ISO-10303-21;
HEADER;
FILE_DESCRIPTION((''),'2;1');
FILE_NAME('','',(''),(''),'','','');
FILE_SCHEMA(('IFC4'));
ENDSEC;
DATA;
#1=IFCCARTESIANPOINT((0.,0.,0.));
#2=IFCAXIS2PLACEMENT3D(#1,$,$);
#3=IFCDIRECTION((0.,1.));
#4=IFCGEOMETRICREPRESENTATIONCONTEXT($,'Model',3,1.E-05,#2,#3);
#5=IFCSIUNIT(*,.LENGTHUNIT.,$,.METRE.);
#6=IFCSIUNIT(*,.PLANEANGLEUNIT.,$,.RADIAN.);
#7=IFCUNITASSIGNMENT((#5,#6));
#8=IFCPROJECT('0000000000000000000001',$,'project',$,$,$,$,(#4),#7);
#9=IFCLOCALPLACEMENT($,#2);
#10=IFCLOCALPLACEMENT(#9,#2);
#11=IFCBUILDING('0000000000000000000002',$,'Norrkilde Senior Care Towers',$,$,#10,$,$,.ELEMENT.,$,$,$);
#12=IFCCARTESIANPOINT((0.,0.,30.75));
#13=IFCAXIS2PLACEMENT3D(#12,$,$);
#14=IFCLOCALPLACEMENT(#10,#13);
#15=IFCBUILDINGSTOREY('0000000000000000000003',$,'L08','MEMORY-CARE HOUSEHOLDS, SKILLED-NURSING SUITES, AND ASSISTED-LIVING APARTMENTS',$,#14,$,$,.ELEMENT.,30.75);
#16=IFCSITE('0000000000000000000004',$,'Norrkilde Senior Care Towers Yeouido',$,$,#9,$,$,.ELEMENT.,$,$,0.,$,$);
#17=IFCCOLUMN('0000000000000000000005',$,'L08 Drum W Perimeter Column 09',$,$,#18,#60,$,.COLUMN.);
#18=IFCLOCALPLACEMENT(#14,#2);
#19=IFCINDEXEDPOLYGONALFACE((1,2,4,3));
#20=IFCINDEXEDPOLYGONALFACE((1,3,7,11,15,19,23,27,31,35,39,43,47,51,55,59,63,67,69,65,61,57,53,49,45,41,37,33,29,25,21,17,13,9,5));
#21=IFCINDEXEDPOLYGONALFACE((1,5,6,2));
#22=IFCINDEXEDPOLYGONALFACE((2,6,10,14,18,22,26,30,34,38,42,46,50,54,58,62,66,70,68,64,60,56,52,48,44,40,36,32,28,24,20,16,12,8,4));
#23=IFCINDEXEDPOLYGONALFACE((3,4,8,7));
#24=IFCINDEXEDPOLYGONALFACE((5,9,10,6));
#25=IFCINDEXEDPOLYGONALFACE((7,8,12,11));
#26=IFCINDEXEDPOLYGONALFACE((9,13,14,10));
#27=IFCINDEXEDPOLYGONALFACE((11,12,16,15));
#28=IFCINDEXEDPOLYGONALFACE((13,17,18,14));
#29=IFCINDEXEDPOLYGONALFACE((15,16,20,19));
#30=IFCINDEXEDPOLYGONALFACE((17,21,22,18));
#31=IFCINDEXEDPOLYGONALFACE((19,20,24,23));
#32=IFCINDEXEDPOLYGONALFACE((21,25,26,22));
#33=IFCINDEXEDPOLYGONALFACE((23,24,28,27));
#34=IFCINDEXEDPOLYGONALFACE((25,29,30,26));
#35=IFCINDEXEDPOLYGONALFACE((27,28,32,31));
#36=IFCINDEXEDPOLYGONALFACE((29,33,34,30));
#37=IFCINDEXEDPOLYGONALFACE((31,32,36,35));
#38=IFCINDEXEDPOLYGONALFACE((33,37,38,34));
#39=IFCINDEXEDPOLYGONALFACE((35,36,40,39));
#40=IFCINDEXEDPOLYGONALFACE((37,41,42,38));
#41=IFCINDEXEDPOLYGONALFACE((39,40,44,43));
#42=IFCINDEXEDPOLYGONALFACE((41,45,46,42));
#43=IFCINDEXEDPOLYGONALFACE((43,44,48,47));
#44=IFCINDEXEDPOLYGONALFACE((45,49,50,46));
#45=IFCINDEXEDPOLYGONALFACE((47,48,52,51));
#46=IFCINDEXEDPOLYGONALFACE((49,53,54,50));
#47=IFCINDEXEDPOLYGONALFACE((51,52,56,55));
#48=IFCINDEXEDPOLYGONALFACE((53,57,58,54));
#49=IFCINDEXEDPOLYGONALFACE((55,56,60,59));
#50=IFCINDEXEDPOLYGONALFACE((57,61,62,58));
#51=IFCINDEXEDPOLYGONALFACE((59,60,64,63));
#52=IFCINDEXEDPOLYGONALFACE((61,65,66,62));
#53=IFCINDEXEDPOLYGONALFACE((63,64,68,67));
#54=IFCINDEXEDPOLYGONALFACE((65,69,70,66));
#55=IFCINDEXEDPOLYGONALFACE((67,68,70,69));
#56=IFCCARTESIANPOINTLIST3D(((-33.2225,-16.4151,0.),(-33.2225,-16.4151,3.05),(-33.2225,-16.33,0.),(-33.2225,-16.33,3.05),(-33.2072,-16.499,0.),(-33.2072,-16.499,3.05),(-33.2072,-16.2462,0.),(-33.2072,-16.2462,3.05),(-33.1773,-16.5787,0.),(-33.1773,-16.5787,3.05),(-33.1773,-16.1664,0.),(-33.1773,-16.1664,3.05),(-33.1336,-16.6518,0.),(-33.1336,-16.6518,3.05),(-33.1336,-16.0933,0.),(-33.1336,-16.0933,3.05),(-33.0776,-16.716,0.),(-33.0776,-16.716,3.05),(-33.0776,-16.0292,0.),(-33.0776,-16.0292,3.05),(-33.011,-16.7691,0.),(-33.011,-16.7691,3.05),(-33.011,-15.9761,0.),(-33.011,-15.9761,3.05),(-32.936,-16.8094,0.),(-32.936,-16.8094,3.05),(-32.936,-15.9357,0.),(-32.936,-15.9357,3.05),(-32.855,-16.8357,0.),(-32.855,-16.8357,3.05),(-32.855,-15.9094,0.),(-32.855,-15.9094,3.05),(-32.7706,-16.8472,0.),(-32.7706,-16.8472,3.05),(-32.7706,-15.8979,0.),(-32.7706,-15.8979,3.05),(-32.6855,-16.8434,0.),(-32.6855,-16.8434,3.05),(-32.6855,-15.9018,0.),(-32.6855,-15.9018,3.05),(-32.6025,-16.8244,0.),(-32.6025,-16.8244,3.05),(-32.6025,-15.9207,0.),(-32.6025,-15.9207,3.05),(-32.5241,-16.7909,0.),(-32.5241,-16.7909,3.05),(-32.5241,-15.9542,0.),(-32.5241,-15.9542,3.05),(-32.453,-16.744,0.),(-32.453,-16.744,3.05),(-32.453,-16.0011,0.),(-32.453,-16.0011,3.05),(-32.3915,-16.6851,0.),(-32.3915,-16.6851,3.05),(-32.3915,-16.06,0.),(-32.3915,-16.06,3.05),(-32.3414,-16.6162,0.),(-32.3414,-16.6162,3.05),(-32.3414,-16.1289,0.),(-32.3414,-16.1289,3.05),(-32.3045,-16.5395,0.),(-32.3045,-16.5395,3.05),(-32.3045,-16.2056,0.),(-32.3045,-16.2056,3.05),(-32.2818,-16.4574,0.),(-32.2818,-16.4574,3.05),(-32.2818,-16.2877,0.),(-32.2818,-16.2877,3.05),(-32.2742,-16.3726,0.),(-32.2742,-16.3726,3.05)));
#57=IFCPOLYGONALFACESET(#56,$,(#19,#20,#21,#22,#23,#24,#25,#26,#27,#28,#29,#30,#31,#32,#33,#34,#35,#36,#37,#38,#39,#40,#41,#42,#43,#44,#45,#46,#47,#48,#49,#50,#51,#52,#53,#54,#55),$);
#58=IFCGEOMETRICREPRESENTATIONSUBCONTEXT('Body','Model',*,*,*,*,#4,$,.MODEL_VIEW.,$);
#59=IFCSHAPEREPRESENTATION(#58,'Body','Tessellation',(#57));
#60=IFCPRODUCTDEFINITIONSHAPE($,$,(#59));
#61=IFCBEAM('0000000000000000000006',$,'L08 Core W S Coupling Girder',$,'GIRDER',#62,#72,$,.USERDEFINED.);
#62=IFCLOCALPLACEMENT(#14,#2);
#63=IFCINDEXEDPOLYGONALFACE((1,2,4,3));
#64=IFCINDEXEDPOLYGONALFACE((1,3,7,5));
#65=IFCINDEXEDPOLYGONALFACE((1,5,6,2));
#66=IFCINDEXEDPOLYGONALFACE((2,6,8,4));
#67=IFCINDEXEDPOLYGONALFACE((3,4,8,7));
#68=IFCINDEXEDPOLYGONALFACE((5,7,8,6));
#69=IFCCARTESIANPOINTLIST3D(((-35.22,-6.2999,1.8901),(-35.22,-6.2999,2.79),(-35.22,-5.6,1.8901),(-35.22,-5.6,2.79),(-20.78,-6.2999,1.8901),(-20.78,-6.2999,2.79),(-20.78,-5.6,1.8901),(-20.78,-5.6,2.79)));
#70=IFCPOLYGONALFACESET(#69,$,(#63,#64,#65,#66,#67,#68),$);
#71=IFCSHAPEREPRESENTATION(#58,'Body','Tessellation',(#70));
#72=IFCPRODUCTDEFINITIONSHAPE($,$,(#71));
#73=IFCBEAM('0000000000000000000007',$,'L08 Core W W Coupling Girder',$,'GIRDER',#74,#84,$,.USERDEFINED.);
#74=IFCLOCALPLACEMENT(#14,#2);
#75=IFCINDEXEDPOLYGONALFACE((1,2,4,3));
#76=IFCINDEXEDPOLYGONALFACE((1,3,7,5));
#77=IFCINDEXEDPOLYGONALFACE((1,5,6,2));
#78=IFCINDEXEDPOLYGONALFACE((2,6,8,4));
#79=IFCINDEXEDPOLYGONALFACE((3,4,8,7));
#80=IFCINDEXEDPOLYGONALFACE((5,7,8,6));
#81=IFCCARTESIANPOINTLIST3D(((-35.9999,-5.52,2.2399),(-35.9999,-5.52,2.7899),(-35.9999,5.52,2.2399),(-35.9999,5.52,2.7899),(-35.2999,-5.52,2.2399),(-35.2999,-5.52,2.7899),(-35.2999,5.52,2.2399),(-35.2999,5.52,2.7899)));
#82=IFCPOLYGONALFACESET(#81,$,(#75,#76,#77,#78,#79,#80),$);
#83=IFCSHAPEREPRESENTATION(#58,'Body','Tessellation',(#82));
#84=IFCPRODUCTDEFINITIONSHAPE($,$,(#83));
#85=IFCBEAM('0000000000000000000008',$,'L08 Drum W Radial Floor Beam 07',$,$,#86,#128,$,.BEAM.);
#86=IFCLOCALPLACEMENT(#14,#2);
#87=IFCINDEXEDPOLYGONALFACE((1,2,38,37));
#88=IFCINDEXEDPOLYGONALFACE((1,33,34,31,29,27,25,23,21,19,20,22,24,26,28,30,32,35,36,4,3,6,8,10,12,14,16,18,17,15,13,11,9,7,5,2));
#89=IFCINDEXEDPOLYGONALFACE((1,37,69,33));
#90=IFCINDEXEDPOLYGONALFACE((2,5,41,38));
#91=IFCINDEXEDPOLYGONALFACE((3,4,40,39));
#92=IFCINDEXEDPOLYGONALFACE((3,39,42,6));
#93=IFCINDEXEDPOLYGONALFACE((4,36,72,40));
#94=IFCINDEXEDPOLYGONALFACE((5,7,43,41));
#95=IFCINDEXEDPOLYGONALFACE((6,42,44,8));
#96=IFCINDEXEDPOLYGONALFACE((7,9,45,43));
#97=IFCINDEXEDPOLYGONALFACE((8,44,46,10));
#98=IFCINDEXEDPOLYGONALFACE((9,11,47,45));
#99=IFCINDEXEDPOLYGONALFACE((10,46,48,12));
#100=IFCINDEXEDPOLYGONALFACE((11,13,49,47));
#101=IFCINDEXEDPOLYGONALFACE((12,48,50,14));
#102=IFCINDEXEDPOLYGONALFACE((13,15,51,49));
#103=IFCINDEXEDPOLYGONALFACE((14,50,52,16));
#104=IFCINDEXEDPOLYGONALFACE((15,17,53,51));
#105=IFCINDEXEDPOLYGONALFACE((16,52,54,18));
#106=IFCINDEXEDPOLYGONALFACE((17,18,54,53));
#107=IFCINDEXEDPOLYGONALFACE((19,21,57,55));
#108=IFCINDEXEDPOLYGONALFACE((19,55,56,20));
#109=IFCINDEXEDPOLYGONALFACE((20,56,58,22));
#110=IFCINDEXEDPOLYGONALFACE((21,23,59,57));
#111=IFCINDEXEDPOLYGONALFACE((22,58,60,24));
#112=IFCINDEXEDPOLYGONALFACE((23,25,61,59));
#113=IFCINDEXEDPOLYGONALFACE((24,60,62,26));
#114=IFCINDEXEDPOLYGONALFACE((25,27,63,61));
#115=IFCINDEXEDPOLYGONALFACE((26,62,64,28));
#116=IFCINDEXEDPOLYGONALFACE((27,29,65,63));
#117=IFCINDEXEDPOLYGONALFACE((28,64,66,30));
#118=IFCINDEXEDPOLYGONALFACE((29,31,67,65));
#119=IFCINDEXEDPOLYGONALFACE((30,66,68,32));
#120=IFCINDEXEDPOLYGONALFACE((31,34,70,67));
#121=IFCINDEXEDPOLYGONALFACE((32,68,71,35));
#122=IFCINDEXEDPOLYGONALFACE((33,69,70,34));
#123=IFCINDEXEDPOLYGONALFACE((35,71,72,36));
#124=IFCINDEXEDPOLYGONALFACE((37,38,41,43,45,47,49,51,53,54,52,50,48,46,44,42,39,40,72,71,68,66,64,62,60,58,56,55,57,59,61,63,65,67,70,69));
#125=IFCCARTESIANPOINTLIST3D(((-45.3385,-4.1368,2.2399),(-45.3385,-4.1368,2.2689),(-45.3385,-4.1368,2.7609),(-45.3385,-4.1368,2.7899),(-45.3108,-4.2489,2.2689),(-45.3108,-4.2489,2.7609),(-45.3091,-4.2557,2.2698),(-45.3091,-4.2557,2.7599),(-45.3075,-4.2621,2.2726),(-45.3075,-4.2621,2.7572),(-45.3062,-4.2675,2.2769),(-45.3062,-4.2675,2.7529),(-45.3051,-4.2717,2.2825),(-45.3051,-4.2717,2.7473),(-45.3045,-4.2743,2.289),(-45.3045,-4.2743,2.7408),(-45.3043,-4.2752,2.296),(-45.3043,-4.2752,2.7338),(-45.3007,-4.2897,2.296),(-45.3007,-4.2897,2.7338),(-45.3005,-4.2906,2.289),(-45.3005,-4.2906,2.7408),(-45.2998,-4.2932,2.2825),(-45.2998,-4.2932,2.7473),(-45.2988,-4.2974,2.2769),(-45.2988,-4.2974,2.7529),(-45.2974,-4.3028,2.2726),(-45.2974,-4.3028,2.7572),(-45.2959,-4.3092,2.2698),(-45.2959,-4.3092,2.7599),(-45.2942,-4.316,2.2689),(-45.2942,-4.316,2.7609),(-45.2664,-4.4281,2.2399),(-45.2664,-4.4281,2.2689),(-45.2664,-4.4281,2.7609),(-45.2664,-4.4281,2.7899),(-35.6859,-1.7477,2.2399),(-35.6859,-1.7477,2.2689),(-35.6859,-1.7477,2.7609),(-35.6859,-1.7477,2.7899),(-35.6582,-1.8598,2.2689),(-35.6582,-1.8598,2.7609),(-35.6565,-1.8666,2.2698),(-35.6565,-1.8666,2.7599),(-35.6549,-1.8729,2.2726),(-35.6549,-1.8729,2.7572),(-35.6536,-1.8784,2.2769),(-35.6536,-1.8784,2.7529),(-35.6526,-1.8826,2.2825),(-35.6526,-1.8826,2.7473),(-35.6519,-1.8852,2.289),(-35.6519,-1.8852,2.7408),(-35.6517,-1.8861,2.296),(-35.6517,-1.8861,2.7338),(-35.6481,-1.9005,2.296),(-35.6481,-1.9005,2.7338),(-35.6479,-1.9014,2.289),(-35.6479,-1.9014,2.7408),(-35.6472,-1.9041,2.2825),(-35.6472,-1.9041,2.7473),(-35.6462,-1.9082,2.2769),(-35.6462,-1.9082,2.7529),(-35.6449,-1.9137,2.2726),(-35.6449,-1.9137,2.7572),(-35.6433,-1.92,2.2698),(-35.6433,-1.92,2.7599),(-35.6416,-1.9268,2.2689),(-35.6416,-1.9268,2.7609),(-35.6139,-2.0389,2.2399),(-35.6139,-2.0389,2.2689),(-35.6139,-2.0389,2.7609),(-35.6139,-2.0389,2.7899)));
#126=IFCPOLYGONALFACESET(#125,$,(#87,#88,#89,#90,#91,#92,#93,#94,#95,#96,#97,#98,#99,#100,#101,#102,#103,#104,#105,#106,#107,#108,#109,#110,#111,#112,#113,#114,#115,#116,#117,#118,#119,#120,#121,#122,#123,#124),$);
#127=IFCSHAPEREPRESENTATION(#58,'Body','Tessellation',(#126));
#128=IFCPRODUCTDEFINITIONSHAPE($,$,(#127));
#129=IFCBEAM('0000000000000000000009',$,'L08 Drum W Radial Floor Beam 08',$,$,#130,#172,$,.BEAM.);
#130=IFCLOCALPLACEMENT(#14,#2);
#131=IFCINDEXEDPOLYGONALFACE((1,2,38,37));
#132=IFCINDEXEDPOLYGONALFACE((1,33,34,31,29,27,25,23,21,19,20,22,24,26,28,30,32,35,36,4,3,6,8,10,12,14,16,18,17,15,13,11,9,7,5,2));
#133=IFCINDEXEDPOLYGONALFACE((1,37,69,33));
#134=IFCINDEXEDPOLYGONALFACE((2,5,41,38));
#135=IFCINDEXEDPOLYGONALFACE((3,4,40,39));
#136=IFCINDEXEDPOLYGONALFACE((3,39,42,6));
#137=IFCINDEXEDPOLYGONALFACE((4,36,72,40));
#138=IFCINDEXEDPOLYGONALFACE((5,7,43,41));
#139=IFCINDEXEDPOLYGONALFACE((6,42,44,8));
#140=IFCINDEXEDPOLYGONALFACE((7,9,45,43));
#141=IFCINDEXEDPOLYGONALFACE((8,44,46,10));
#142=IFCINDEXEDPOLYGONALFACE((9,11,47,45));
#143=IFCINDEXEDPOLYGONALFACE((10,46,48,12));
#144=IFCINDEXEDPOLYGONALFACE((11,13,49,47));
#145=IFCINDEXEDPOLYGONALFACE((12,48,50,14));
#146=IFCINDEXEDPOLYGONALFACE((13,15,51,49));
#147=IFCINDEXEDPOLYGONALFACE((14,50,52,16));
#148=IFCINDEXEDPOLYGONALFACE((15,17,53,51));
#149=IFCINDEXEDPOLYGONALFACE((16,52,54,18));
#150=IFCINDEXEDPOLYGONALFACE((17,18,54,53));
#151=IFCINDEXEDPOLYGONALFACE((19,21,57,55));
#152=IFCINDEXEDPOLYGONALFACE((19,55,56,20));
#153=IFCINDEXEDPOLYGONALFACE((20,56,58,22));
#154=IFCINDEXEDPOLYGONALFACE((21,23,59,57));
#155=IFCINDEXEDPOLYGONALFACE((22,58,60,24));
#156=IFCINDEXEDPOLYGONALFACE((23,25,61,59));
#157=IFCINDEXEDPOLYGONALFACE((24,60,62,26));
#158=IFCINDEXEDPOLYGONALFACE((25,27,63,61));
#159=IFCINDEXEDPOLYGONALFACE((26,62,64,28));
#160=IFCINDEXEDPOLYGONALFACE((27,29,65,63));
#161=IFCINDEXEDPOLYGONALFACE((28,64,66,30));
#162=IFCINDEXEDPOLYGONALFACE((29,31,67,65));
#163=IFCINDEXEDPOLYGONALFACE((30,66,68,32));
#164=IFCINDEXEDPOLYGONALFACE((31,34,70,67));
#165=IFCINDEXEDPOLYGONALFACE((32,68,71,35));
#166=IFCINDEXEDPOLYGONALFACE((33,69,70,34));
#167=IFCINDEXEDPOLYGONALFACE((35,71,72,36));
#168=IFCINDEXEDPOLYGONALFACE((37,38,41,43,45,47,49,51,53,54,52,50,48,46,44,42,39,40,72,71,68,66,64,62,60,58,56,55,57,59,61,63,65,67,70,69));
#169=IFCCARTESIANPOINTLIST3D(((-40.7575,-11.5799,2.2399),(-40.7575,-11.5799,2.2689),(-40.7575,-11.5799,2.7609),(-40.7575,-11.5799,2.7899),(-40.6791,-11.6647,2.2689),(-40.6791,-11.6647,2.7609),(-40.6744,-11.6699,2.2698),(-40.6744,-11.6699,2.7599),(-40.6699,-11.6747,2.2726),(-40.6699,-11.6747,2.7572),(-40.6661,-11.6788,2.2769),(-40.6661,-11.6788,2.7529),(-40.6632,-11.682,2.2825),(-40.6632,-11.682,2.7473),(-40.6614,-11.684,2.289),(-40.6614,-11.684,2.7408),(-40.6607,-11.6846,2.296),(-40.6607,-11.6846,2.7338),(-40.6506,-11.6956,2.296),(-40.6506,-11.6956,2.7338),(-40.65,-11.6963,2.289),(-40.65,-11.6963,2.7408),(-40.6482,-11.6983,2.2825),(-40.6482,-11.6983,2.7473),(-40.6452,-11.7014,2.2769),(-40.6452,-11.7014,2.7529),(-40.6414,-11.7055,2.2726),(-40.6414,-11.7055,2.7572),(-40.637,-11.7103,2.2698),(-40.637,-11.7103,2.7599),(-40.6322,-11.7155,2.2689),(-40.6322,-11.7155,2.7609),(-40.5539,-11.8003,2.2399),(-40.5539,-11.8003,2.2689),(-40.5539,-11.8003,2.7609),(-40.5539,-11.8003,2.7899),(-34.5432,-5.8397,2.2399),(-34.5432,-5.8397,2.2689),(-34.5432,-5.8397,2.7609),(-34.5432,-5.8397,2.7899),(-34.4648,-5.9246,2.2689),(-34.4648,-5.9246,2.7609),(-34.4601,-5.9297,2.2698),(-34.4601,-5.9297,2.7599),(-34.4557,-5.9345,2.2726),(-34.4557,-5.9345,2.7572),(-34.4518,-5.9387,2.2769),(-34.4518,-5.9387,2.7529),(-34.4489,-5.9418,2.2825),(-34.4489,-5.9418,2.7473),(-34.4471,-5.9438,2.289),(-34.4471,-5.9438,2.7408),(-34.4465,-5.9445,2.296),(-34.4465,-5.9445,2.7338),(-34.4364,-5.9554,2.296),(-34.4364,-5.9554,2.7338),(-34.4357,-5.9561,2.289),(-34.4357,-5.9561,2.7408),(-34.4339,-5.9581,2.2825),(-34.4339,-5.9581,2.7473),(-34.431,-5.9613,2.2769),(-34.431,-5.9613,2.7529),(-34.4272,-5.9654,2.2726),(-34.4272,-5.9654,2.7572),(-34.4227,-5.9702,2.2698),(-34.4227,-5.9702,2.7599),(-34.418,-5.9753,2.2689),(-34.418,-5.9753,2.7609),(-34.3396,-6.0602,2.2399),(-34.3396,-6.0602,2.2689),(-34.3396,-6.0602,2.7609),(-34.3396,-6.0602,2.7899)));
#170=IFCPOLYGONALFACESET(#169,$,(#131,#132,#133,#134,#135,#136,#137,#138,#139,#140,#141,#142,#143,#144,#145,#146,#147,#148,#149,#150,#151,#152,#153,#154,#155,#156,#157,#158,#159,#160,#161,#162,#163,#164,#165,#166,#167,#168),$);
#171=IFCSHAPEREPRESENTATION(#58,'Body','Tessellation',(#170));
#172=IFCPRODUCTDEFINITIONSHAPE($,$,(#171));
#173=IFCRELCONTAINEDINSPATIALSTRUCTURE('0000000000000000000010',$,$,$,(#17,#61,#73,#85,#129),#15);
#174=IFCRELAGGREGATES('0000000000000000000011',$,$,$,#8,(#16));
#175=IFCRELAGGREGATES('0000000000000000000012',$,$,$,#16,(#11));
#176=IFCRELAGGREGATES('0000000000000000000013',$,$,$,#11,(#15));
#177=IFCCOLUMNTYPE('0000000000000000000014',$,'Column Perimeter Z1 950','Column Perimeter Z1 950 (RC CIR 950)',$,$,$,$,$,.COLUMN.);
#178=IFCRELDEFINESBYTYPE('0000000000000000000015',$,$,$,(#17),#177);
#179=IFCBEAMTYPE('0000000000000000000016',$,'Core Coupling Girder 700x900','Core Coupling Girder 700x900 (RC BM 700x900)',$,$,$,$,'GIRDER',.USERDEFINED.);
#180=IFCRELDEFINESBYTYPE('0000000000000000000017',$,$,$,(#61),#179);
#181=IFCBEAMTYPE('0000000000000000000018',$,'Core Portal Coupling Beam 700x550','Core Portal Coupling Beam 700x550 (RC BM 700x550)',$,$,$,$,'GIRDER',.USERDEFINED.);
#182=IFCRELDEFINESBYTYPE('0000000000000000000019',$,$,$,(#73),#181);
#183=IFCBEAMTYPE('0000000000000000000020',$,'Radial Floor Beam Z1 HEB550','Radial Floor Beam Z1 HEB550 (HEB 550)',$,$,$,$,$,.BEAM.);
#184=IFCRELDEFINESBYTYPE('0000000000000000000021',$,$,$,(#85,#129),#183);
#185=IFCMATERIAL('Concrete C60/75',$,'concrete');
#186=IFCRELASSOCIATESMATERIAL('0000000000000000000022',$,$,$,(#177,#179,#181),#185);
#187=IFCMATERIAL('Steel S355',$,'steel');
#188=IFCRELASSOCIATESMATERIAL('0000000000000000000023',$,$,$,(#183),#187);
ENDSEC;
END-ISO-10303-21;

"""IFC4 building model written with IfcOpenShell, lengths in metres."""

from ifc_helpers import new_model, si_unit, direction, frame, origin, origin_2d, place, context, subcontext, project, spatial, rectangle, circle, i_section, extrude, source, transform, mapped, material, material_profile, profile_set, type_object, type_shapes, element, save


model = new_model("IFC4")

# Units and contexts
model_context = context("Model", 3, precision=1e-05, world=origin(), true_north=direction((0.0, 1.0)))
body_context = subcontext(model_context, "Body", "Model", "MODEL_VIEW")
ifc_project = project(units=[si_unit("LENGTHUNIT", "METRE"), si_unit("PLANEANGLEUNIT", "RADIAN")], contexts=[model_context])

# Site, building, storey
site_placement = place(None, origin())
site = spatial("IfcSite", under=ifc_project, at=site_placement, Name="Norrkilde Senior Care Towers Yeouido", CompositionType="ELEMENT", RefElevation=0.0)
building_placement = place(site_placement, origin())
building = spatial("IfcBuilding", under=site, at=building_placement, Name="Norrkilde Senior Care Towers", CompositionType="ELEMENT")
storey_placement = place(building_placement, frame((0.0, 0.0, 30.75)))
storey = spatial("IfcBuildingStorey", under=building, at=storey_placement, Name="L08", Description="MEMORY-CARE HOUSEHOLDS, SKILLED-NURSING SUITES, AND ASSISTED-LIVING APARTMENTS", CompositionType="ELEMENT", Elevation=30.75)

# Column
ifc_material_1 = material(Name="Concrete C60/75", Category="concrete")
ifc_material_profile_1 = material_profile(ifc_material_1, circle(Radius=0.4751, at=origin_2d()), Name="RC CIR 950")
ifc_profile_set_1 = profile_set([ifc_material_profile_1], Name="Concrete C60/75")
column_type = type_object("IfcColumnType", Name="Column Perimeter Z1 950", Description="Column Perimeter Z1 950 (RC CIR 950)", PredefinedType="COLUMN", material=ifc_profile_set_1)
shared_shape_1 = source(origin(), body_context, "Body", "SweptSolid", [
    extrude(circle(Radius=0.4751, at=origin_2d()), origin(), (0.0, 0.0, 1.0), 3.05),
])
type_shapes(column_type, [shared_shape_1])
column_placement = place(storey_placement, frame((-32.7493, -16.3726, 0.0), z_axis=(0.0, 0.0, 1.0), x_axis=(1.0, 0.0, 0.0)))
element("IfcColumn", 1, at=column_placement, inside=storey, type_object=column_type, Name="L08 Drum W Perimeter Column 09", PredefinedType="COLUMN", context=body_context, shape_type="MappedRepresentation", body=[
    mapped(shared_shape_1, transform((0.0, 0.0, 0.0), x_axis=(1.0, 0.0, 0.0), y_axis=(0.0, 1.0, 0.0), z_axis=(0.0, 0.0, 1.0), scale=1.0)),
])

# Beams
ifc_material_profile_2 = material_profile(ifc_material_1, rectangle(XDim=0.7, YDim=0.8999, at=origin_2d()), Name="RC BM 700x900")
ifc_profile_set_2 = profile_set([ifc_material_profile_2], Name="Concrete C60/75")
beam_type_1 = type_object("IfcBeamType", Name="Core Coupling Girder 700x900", Description="Core Coupling Girder 700x900 (RC BM 700x900)", ElementType="GIRDER", PredefinedType="USERDEFINED", material=ifc_profile_set_2)
shared_shape_2 = source(origin(), body_context, "Body", "SweptSolid", [
    extrude(rectangle(XDim=0.7, YDim=0.8999, at=origin_2d()), origin(), (0.0, 0.0, 1.0), 14.4399),
])
type_shapes(beam_type_1, [shared_shape_2])
beam_1_placement = place(storey_placement, frame((-35.22, -5.95, 2.3401), z_axis=(1.0, 0.0, 0.0), x_axis=(0.0, 1.0, 0.0)))
element("IfcBeam", 2, at=beam_1_placement, inside=storey, type_object=beam_type_1, Name="L08 Core W S Coupling Girder", ObjectType="GIRDER", PredefinedType="USERDEFINED", context=body_context, shape_type="MappedRepresentation", body=[
    mapped(shared_shape_2, transform((0.0, 0.0, 0.0), x_axis=(1.0, 0.0, 0.0), y_axis=(0.0, 1.0, 0.0), z_axis=(0.0, 0.0, 1.0), scale=1.0)),
])
ifc_material_profile_3 = material_profile(ifc_material_1, rectangle(XDim=0.7, YDim=0.55, at=origin_2d()), Name="RC BM 700x550")
ifc_profile_set_3 = profile_set([ifc_material_profile_3], Name="Concrete C60/75")
beam_type_2 = type_object("IfcBeamType", Name="Core Portal Coupling Beam 700x550", Description="Core Portal Coupling Beam 700x550 (RC BM 700x550)", ElementType="GIRDER", PredefinedType="USERDEFINED", material=ifc_profile_set_3)
shared_shape_3 = source(origin(), body_context, "Body", "SweptSolid", [
    extrude(rectangle(XDim=0.7, YDim=0.55, at=origin_2d()), origin(), (0.0, 0.0, 1.0), 11.04),
])
type_shapes(beam_type_2, [shared_shape_3])
beam_2_placement = place(storey_placement, frame((-35.6499, -5.52, 2.5149), z_axis=(0.0, 1.0, 0.0), x_axis=(-1.0, 0.0, 0.0)))
element("IfcBeam", 3, at=beam_2_placement, inside=storey, type_object=beam_type_2, Name="L08 Core W W Coupling Girder", ObjectType="GIRDER", PredefinedType="USERDEFINED", context=body_context, shape_type="MappedRepresentation", body=[
    mapped(shared_shape_3, transform((0.0, 0.0, 0.0), x_axis=(1.0, 0.0, 0.0), y_axis=(0.0, 1.0, 0.0), z_axis=(0.0, 0.0, 1.0), scale=1.0)),
])
ifc_material_2 = material(Name="Steel S355", Category="steel")
ifc_material_profile_4 = material_profile(ifc_material_2, i_section(OverallWidth=0.3, OverallDepth=0.55, WebThickness=0.0149, FlangeThickness=0.0291, FilletRadius=0.0271, at=origin_2d()), Name="HEB 550")
ifc_profile_set_4 = profile_set([ifc_material_profile_4], Name="Steel S355")
beam_type_3 = type_object("IfcBeamType", Name="Radial Floor Beam Z1 HEB550", Description="Radial Floor Beam Z1 HEB550 (HEB 550)", PredefinedType="BEAM", material=ifc_profile_set_4)
shared_shape_4 = source(origin(), body_context, "Body", "SweptSolid", [
    extrude(i_section(OverallWidth=0.3, OverallDepth=0.55, WebThickness=0.0149, FlangeThickness=0.0291, FilletRadius=0.0271, at=origin_2d()), origin(), (0.0, 0.0, 1.0), 9.9438),
])
beam_3_placement = place(storey_placement, frame((-35.6499, -1.8933, 2.5149), z_axis=(-0.970707, -0.240265, 0.0), x_axis=(0.240265, -0.970707, 0.0)))
element("IfcBeam", 4, at=beam_3_placement, inside=storey, type_object=beam_type_3, Name="L08 Drum W Radial Floor Beam 07", PredefinedType="BEAM", context=body_context, shape_type="MappedRepresentation", body=[
    mapped(shared_shape_4, transform((0.0, 0.0, 0.0), x_axis=(1.0, 0.0, 0.0), y_axis=(0.0, 1.0, 0.0), z_axis=(0.0, 0.0, 1.0), scale=1.0)),
])
shared_shape_5 = source(origin(), body_context, "Body", "SweptSolid", [
    extrude(i_section(OverallWidth=0.3, OverallDepth=0.55, WebThickness=0.0149, FlangeThickness=0.0291, FilletRadius=0.0271, at=origin_2d()), origin(), (0.0, 0.0, 1.0), 8.4597),
])
beam_4_placement = place(storey_placement, frame((-34.4414, -5.95, 2.5149), z_axis=(-0.734573, -0.678529, 0.0), x_axis=(0.678529, -0.734573, 0.0)))
element("IfcBeam", 5, at=beam_4_placement, inside=storey, type_object=beam_type_3, Name="L08 Drum W Radial Floor Beam 08", PredefinedType="BEAM", context=body_context, shape_type="MappedRepresentation", body=[
    mapped(shared_shape_5, transform((0.0, 0.0, 0.0), x_axis=(1.0, 0.0, 0.0), y_axis=(0.0, 1.0, 0.0), z_axis=(0.0, 0.0, 1.0), scale=1.0)),
])

save(model, "model.ifc")
